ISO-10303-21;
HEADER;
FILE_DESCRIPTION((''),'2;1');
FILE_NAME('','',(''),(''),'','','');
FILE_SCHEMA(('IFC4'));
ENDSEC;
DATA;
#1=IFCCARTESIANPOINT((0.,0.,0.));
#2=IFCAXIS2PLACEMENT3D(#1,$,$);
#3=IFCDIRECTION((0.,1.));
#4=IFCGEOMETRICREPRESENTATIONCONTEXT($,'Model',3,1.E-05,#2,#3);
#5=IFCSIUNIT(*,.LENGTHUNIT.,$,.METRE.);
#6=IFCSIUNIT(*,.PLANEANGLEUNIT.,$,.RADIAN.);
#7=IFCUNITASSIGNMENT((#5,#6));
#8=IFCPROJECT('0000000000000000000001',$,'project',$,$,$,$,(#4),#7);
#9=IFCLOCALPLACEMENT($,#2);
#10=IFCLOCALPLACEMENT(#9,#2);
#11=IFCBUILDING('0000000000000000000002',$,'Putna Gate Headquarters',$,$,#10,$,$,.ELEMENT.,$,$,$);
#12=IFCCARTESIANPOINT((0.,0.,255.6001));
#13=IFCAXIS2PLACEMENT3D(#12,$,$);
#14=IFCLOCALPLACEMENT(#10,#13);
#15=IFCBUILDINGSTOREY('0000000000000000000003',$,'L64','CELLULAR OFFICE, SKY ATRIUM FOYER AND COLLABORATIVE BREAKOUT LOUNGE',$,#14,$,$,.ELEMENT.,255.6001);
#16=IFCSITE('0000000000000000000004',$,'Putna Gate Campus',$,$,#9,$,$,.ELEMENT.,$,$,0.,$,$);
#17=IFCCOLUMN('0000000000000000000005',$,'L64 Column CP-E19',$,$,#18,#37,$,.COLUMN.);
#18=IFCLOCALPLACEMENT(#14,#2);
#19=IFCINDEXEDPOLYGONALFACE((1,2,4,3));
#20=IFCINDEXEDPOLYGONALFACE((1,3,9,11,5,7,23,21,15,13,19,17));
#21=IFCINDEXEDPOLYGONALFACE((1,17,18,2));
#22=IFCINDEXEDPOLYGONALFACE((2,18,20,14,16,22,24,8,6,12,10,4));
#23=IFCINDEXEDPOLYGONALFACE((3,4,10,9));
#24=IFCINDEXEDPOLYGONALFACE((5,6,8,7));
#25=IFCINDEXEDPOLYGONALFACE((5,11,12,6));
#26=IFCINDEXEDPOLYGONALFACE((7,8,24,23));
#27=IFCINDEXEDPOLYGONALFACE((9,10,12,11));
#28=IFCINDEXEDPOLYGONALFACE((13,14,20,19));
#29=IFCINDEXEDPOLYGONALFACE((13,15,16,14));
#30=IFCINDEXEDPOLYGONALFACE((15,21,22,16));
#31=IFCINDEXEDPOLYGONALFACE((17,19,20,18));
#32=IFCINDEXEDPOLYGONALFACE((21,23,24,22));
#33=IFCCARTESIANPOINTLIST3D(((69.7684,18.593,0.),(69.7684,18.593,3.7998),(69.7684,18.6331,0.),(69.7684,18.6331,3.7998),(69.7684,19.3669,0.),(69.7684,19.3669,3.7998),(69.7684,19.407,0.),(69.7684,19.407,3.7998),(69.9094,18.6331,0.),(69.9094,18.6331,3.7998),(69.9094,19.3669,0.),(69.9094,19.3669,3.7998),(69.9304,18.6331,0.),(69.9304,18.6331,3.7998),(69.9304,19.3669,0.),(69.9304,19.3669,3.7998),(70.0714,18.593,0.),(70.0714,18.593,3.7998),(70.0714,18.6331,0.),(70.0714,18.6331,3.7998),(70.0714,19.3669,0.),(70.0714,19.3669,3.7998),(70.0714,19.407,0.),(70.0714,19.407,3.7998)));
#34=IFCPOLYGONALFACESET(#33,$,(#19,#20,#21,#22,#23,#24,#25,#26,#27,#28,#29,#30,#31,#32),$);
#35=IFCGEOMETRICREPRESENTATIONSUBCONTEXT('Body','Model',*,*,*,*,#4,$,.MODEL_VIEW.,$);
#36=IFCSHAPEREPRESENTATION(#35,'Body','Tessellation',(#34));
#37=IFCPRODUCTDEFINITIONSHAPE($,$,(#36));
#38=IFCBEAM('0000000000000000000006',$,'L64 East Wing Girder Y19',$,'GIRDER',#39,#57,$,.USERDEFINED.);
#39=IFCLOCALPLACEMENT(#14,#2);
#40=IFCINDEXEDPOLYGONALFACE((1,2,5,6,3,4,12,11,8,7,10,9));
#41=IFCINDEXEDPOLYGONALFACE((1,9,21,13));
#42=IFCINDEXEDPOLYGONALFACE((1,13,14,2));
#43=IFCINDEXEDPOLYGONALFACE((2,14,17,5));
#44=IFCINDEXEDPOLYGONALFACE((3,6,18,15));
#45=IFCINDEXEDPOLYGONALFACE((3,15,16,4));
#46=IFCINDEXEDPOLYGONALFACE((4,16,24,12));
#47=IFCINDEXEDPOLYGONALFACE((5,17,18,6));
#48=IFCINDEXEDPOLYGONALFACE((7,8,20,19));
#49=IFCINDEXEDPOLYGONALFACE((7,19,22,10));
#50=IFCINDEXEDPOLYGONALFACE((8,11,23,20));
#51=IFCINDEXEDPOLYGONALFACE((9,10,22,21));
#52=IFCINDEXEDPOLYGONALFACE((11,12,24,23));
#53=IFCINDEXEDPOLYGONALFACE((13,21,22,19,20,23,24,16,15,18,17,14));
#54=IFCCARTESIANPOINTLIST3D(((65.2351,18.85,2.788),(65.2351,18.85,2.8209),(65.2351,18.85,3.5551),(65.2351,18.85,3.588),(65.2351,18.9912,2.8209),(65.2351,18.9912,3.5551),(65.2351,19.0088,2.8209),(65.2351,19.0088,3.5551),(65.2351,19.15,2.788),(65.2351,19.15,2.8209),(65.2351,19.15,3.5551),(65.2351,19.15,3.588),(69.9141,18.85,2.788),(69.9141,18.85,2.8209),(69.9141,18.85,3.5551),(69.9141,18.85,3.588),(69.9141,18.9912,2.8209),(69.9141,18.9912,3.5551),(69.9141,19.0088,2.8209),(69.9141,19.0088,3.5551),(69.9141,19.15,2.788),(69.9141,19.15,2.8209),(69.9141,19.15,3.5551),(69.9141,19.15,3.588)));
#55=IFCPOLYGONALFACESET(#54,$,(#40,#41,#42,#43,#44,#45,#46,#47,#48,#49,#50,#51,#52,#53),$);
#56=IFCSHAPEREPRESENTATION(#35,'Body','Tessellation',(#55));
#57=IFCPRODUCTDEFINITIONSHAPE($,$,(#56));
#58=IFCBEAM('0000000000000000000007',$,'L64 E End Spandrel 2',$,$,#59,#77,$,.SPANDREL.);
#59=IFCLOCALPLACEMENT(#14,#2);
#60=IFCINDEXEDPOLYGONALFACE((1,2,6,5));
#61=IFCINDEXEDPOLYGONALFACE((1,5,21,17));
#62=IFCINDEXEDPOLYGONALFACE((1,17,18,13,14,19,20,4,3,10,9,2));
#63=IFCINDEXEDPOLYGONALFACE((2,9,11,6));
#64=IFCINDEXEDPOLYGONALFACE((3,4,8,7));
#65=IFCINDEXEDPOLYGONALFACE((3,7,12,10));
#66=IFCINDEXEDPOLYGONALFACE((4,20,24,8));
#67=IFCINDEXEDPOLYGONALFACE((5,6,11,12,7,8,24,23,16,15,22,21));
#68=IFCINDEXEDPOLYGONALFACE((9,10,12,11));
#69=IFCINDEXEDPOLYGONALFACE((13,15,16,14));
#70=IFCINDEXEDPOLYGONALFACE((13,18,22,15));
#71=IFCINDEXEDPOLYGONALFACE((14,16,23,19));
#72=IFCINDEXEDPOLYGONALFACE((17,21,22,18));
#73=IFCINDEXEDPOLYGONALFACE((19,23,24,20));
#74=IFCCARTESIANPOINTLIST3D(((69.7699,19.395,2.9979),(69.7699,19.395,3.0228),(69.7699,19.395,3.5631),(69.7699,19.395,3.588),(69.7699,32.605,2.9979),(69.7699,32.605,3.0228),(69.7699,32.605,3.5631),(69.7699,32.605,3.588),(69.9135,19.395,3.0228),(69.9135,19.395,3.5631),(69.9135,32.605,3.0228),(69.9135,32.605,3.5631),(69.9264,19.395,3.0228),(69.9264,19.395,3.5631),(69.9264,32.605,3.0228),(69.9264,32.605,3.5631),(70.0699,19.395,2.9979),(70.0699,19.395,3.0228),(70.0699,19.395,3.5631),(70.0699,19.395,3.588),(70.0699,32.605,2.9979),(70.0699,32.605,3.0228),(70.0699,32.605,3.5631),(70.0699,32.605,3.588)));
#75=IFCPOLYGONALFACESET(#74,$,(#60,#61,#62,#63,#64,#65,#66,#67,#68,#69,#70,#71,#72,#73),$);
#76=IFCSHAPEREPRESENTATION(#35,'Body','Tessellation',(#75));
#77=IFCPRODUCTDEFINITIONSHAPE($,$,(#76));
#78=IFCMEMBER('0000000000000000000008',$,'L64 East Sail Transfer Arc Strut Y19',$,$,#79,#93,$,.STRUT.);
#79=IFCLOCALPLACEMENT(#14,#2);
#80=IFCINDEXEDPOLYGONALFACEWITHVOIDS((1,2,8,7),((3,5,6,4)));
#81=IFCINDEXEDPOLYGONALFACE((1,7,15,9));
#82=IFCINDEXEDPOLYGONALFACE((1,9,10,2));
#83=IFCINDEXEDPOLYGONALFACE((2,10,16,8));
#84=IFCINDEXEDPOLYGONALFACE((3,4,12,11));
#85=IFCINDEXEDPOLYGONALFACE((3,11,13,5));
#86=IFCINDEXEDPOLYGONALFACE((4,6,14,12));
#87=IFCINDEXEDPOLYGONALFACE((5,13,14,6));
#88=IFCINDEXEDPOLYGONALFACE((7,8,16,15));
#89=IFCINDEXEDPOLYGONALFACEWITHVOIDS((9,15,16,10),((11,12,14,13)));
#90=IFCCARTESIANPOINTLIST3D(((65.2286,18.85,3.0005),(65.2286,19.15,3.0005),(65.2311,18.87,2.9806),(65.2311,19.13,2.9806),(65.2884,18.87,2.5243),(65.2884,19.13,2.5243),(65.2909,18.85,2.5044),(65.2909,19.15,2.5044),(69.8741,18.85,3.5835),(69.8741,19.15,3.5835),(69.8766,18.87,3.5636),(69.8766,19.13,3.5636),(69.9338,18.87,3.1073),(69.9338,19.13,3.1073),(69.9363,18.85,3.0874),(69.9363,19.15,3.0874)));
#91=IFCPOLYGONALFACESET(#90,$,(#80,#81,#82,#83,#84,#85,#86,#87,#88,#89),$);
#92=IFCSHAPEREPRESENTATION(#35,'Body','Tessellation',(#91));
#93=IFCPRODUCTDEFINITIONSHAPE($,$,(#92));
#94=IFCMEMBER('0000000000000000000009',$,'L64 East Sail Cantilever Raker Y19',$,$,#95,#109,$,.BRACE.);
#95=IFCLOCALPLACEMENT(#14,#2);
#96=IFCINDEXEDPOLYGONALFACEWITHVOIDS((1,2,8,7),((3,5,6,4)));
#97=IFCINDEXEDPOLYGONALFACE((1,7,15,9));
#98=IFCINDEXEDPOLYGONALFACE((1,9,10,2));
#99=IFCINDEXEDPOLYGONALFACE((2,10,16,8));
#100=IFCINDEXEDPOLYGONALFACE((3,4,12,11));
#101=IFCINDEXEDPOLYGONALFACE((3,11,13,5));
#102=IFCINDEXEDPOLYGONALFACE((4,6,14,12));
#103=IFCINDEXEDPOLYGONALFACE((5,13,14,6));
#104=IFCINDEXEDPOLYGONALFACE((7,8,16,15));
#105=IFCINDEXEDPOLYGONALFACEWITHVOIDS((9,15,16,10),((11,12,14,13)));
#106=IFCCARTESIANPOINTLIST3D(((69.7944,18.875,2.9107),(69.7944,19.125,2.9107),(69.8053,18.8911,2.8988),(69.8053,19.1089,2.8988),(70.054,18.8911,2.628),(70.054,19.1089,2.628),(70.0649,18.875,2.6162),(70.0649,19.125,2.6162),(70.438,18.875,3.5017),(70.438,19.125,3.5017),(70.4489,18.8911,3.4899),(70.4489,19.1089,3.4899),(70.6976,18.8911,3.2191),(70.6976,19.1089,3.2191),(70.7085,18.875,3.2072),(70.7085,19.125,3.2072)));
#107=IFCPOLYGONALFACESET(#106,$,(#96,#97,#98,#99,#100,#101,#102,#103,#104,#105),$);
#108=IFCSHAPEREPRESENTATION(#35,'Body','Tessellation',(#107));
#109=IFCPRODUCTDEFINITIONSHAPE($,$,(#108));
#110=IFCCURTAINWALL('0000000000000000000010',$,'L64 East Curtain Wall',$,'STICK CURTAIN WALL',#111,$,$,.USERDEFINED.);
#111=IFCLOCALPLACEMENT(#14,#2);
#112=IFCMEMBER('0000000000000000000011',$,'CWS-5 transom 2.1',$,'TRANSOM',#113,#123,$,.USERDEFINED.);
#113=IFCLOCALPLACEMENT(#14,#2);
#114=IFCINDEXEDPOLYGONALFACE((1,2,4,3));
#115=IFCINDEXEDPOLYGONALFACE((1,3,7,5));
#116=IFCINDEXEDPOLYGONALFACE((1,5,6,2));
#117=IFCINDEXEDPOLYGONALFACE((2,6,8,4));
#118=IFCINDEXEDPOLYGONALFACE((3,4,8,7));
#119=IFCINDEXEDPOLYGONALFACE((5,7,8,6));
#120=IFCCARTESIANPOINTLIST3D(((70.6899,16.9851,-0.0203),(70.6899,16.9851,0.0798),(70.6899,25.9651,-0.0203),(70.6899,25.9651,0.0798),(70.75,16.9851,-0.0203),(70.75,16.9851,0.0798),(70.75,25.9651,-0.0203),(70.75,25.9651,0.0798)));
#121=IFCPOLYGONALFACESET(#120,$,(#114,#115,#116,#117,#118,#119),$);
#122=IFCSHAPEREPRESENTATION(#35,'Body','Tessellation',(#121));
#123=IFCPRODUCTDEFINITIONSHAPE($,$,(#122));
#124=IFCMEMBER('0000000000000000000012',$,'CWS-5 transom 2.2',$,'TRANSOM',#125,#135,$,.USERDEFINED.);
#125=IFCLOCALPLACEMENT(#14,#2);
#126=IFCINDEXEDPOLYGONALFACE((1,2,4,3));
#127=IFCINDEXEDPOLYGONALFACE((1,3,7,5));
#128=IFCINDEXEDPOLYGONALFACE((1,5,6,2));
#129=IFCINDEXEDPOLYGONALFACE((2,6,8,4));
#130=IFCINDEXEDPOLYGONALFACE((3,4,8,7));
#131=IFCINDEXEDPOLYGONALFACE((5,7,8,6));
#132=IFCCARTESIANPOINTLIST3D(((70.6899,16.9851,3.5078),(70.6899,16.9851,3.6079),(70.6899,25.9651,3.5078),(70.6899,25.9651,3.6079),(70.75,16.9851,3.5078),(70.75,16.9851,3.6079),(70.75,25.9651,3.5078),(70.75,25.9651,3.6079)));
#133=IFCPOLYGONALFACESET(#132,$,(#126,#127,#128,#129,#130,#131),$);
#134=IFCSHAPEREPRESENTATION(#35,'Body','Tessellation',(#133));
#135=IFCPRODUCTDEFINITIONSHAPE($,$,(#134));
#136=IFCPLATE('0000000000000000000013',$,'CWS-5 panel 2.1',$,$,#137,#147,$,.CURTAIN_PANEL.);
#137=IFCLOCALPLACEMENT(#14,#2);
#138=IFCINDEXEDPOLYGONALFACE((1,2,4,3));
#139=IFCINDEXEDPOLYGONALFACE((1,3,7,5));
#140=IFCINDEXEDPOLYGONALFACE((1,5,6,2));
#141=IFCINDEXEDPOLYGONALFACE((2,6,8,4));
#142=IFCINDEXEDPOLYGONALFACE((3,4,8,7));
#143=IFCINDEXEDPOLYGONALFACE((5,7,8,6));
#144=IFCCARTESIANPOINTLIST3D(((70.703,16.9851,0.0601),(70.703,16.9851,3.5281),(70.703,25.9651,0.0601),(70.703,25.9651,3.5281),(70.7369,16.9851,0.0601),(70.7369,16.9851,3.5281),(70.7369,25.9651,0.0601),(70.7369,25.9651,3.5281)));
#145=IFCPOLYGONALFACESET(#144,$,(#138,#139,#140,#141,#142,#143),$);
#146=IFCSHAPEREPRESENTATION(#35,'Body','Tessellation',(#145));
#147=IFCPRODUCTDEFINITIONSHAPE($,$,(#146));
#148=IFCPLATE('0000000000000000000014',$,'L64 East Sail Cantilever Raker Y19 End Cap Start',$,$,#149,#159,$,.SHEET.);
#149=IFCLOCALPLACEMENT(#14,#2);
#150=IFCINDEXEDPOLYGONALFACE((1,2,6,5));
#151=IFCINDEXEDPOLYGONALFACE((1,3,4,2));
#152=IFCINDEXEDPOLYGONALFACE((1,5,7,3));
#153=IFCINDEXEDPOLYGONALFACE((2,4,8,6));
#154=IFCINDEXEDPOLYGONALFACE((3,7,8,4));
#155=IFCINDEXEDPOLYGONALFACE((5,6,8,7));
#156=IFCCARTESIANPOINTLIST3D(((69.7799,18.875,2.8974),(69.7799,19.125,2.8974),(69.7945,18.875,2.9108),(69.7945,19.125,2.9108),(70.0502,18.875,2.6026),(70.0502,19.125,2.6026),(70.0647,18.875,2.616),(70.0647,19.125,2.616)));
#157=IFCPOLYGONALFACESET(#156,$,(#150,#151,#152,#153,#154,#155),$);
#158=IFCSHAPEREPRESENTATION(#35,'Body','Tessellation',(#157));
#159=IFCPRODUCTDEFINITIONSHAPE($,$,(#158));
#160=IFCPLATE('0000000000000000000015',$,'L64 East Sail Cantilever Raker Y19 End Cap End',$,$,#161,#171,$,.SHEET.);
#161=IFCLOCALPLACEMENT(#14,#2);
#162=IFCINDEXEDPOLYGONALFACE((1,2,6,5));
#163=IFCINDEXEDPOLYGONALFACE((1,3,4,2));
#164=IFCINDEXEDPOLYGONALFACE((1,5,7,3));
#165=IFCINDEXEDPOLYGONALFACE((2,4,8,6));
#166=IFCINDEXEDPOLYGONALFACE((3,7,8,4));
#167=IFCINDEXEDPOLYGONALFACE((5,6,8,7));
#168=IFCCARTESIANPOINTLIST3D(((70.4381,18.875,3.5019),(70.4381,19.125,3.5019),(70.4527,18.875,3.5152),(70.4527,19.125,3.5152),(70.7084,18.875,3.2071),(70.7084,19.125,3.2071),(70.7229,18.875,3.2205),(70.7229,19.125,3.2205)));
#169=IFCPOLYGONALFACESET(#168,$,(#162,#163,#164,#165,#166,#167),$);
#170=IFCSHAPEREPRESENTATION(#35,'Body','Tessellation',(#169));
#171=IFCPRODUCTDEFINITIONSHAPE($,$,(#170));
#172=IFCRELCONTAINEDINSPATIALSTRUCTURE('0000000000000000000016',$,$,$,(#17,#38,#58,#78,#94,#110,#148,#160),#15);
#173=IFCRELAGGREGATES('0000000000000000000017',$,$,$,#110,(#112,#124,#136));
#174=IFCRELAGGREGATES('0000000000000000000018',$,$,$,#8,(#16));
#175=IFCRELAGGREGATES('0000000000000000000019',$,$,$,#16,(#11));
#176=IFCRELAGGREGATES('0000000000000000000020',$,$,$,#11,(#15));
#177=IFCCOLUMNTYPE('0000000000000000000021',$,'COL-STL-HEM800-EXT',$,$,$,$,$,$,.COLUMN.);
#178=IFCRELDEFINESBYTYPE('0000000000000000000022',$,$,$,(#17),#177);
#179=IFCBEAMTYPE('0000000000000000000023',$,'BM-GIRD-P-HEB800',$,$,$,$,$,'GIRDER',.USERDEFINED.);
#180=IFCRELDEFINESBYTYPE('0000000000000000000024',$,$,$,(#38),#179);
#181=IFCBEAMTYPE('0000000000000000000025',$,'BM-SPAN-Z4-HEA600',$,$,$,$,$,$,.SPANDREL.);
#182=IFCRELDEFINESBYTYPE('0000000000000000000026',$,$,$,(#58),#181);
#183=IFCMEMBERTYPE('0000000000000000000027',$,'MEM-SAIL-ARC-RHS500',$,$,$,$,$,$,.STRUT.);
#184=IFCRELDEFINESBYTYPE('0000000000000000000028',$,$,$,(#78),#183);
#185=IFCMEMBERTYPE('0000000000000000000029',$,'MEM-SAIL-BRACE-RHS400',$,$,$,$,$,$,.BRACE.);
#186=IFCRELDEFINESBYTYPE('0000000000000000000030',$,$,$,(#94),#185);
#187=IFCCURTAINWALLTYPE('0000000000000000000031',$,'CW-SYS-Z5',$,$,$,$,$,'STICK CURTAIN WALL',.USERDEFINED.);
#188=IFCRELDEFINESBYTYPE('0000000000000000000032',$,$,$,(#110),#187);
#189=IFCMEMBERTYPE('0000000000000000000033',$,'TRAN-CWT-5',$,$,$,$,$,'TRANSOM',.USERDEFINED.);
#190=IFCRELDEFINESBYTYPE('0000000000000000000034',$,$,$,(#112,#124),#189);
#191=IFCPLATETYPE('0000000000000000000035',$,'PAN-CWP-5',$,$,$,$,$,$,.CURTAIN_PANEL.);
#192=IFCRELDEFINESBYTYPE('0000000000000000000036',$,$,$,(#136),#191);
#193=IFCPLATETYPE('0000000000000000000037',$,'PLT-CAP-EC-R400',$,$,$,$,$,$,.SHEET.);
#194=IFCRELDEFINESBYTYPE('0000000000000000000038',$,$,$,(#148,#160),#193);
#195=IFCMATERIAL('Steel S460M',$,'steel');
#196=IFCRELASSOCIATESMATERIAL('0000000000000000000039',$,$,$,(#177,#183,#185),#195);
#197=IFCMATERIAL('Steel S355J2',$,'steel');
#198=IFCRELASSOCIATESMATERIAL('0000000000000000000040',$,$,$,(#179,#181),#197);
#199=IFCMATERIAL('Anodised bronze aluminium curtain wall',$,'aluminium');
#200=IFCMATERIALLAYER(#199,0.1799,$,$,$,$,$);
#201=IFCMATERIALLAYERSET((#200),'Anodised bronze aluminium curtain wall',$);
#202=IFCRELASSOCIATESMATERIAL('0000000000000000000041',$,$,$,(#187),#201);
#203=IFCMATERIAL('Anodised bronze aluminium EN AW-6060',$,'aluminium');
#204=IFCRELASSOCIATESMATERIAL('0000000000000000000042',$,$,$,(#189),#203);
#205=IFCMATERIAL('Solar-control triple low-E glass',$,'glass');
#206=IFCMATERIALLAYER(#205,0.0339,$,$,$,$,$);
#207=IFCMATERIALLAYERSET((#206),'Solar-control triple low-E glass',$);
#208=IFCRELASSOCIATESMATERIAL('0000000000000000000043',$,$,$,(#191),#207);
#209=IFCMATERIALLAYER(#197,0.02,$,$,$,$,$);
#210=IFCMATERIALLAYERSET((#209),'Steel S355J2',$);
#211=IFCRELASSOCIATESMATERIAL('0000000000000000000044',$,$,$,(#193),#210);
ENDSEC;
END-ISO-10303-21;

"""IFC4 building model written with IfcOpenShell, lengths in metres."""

from ifc_helpers import new_model, si_unit, direction, frame, origin, origin_2d, place, context, subcontext, project, spatial, rectangle, hollow_rectangle, i_section, extrude, material, layer, layer_set, material_profile, profile_set, type_object, element, aggregate, save


model = new_model("IFC4")

# Units and contexts
model_context = context("Model", 3, precision=1e-05, world=origin(), true_north=direction((0.0, 1.0)))
body_context = subcontext(model_context, "Body", "Model", "MODEL_VIEW")
ifc_project = project(units=[si_unit("LENGTHUNIT", "METRE"), si_unit("PLANEANGLEUNIT", "RADIAN")], contexts=[model_context])

# Site, building, storey
site_placement = place(None, origin())
site = spatial("IfcSite", under=ifc_project, at=site_placement, Name="Putna Gate Campus", CompositionType="ELEMENT", RefElevation=0.0)
building_placement = place(site_placement, origin())
building = spatial("IfcBuilding", under=site, at=building_placement, Name="Putna Gate Headquarters", CompositionType="ELEMENT")
storey_placement = place(building_placement, frame((0.0, 0.0, 255.6001)))
storey = spatial("IfcBuildingStorey", under=building, at=storey_placement, Name="L64", Description="CELLULAR OFFICE, SKY ATRIUM FOYER AND COLLABORATIVE BREAKOUT LOUNGE", CompositionType="ELEMENT", Elevation=255.6001)

# Column
ifc_material_1 = material(Name="Steel S460M", Category="steel")
ifc_material_profile_1 = material_profile(ifc_material_1, i_section(OverallWidth=0.303, OverallDepth=0.814, WebThickness=0.021, FlangeThickness=0.04, at=origin_2d()), Name="Steel S460M")
ifc_profile_set_1 = profile_set([ifc_material_profile_1], Name="Steel S460M")
column_type = type_object("IfcColumnType", Name="COL-STL-HEM800-EXT", PredefinedType="COLUMN", material=ifc_profile_set_1)
column_placement = place(storey_placement, frame((69.9199, 19.0, 0.0), z_axis=(0.0, 0.0, 1.0), x_axis=(1.0, 0.0, 0.0)))
element("IfcColumn", 1, at=column_placement, inside=storey, type_object=column_type, Name="L64 Column CP-E19", PredefinedType="COLUMN", context=body_context, shape_type="SweptSolid", body=[
    extrude(i_section(OverallWidth=0.303, OverallDepth=0.814, WebThickness=0.021, FlangeThickness=0.04, at=origin_2d()), origin(), (0.0, 0.0, 1.0), 3.7998),
])

# Beams
ifc_material_2 = material(Name="Steel S355J2", Category="steel")
ifc_material_profile_2 = material_profile(ifc_material_2, i_section(OverallWidth=0.3, OverallDepth=0.8, WebThickness=0.0176, FlangeThickness=0.033, at=origin_2d()), Name="Steel S355J2")
ifc_profile_set_2 = profile_set([ifc_material_profile_2], Name="Steel S355J2")
beam_type_1 = type_object("IfcBeamType", Name="BM-GIRD-P-HEB800", ElementType="GIRDER", PredefinedType="USERDEFINED", material=ifc_profile_set_2)
beam_1_placement = place(storey_placement, frame((65.2351, 19.0, 3.188), z_axis=(1.0, 0.0, 0.0), x_axis=(0.0, 1.0, 0.0)))
element("IfcBeam", 2, at=beam_1_placement, inside=storey, type_object=beam_type_1, Name="L64 East Wing Girder Y19", ObjectType="GIRDER", PredefinedType="USERDEFINED", context=body_context, shape_type="SweptSolid", body=[
    extrude(i_section(OverallWidth=0.3, OverallDepth=0.8, WebThickness=0.0176, FlangeThickness=0.033, at=origin_2d()), origin(), (0.0, 0.0, 1.0), 4.679),
])
ifc_material_profile_3 = material_profile(ifc_material_2, i_section(OverallWidth=0.3, OverallDepth=0.5901, WebThickness=0.0129, FlangeThickness=0.0249, at=origin_2d()), Name="Steel S355J2")
ifc_profile_set_3 = profile_set([ifc_material_profile_3], Name="Steel S355J2")
beam_type_2 = type_object("IfcBeamType", Name="BM-SPAN-Z4-HEA600", PredefinedType="SPANDREL", material=ifc_profile_set_3)
beam_2_placement = place(storey_placement, frame((69.9199, 19.395, 3.293), z_axis=(0.0, 1.0, 0.0), x_axis=(-1.0, 0.0, 0.0)))
element("IfcBeam", 3, at=beam_2_placement, inside=storey, type_object=beam_type_2, Name="L64 E End Spandrel 2", PredefinedType="SPANDREL", context=body_context, shape_type="SweptSolid", body=[
    extrude(i_section(OverallWidth=0.3, OverallDepth=0.5901, WebThickness=0.0129, FlangeThickness=0.0249, at=origin_2d()), origin(), (0.0, 0.0, 1.0), 13.21),
])

# Members
ifc_material_profile_4 = material_profile(ifc_material_1, hollow_rectangle(XDim=0.3, YDim=0.5, WallThickness=0.02, at=origin_2d()), Name="Steel S460M")
ifc_profile_set_4 = profile_set([ifc_material_profile_4], Name="Steel S460M")
member_type_1 = type_object("IfcMemberType", Name="MEM-SAIL-ARC-RHS500", PredefinedType="STRUT", material=ifc_profile_set_4)
member_1_placement = place(storey_placement, frame((65.2598, 19.0, 2.7524), z_axis=(0.992217, 0.0, 0.124522), x_axis=(0.0, 1.0, 0.0)))
element("IfcMember", 4, at=member_1_placement, inside=storey, type_object=member_type_1, Name="L64 East Sail Transfer Arc Strut Y19", PredefinedType="STRUT", context=body_context, shape_type="SweptSolid", body=[
    extrude(hollow_rectangle(XDim=0.3, YDim=0.5, WallThickness=0.02, at=origin_2d()), origin(), (0.0, 0.0, 1.0), 4.6819),
])
ifc_material_profile_5 = material_profile(ifc_material_1, hollow_rectangle(XDim=0.25, YDim=0.3999, WallThickness=0.0161, at=origin_2d()), Name="Steel S460M")
ifc_profile_set_5 = profile_set([ifc_material_profile_5], Name="Steel S460M")
member_type_2 = type_object("IfcMemberType", Name="MEM-SAIL-BRACE-RHS400", PredefinedType="BRACE", material=ifc_profile_set_5)
member_2_placement = place(storey_placement, frame((69.9297, 19.0, 2.7634), z_axis=(0.736504, 0.0, 0.676433), x_axis=(0.0, 1.0, 0.0)))
element("IfcMember", 5, at=member_2_placement, inside=storey, type_object=member_type_2, Name="L64 East Sail Cantilever Raker Y19", PredefinedType="BRACE", context=body_context, shape_type="SweptSolid", body=[
    extrude(hollow_rectangle(XDim=0.25, YDim=0.3999, WallThickness=0.0161, at=origin_2d()), origin(), (0.0, 0.0, 1.0), 0.8738),
])

# Curtain wall, members, plate
ifc_material_3 = material(Name="Anodised bronze aluminium curtain wall", Category="aluminium")
ifc_layer_1 = layer(ifc_material_3, 0.1799)
ifc_layer_set_1 = layer_set([ifc_layer_1], Name="Anodised bronze aluminium curtain wall")
curtain_wall_type = type_object("IfcCurtainWallType", Name="CW-SYS-Z5", ElementType="STICK CURTAIN WALL", PredefinedType="USERDEFINED", material=ifc_layer_set_1)
curtain_wall_placement = place(storey_placement, origin())
curtain_wall = element("IfcCurtainWall", 6, at=curtain_wall_placement, inside=storey, type_object=curtain_wall_type, Name="L64 East Curtain Wall", ObjectType="STICK CURTAIN WALL", PredefinedType="USERDEFINED")
ifc_material_4 = material(Name="Anodised bronze aluminium EN AW-6060", Category="aluminium")
ifc_material_profile_6 = material_profile(ifc_material_4, rectangle(XDim=0.0601, YDim=0.1001, at=origin_2d()), Name="Anodised bronze aluminium EN AW-6060")
ifc_profile_set_6 = profile_set([ifc_material_profile_6], Name="Anodised bronze aluminium EN AW-6060")
member_type_3 = type_object("IfcMemberType", Name="TRAN-CWT-5", ElementType="TRANSOM", PredefinedType="USERDEFINED", material=ifc_profile_set_6)
member_3_placement = place(storey_placement, frame((70.72, 16.9851, 0.0298), z_axis=(0.0, 1.0, 0.0), x_axis=(-1.0, 0.0, 0.0)))
member_3 = element("IfcMember", 7, at=member_3_placement, type_object=member_type_3, Name="CWS-5 transom 2.1", ObjectType="TRANSOM", PredefinedType="USERDEFINED", context=body_context, shape_type="SweptSolid", body=[
    extrude(rectangle(XDim=0.0601, YDim=0.1001, at=origin_2d()), origin(), (0.0, 0.0, 1.0), 8.98),
])
member_4_placement = place(storey_placement, frame((70.72, 16.9851, 3.5579), z_axis=(0.0, 1.0, 0.0), x_axis=(-1.0, 0.0, 0.0)))
member_4 = element("IfcMember", 8, at=member_4_placement, type_object=member_type_3, Name="CWS-5 transom 2.2", ObjectType="TRANSOM", PredefinedType="USERDEFINED", context=body_context, shape_type="SweptSolid", body=[
    extrude(rectangle(XDim=0.0601, YDim=0.1001, at=origin_2d()), origin(), (0.0, 0.0, 1.0), 8.98),
])
ifc_material_5 = material(Name="Solar-control triple low-E glass", Category="glass")
ifc_layer_2 = layer(ifc_material_5, 0.0339)
ifc_layer_set_2 = layer_set([ifc_layer_2], Name="Solar-control triple low-E glass")
plate_type_1 = type_object("IfcPlateType", Name="PAN-CWP-5", PredefinedType="CURTAIN_PANEL", material=ifc_layer_set_2)
plate_placement = place(storey_placement, frame((70.72, 21.4751, 0.0601), z_axis=(0.0, 0.0, 1.0), x_axis=(0.0, 1.0, 0.0)))
plate = element("IfcPlate", 9, at=plate_placement, type_object=plate_type_1, Name="CWS-5 panel 2.1", PredefinedType="CURTAIN_PANEL", context=body_context, shape_type="SweptSolid", body=[
    extrude(rectangle(XDim=8.98, YDim=0.0339, at=origin_2d()), origin(), (0.0, 0.0, 1.0), 3.468),
])
aggregate(curtain_wall, [member_3, member_4, plate])

# Plates
ifc_layer_3 = layer(ifc_material_2, 0.02)
ifc_layer_set_3 = layer_set([ifc_layer_3], Name="Steel S355J2")
plate_type_2 = type_object("IfcPlateType", Name="PLT-CAP-EC-R400", PredefinedType="SHEET", material=ifc_layer_set_3)
for number, where, z_axis, x_axis, name in (
    (10, (69.915, 19.0, 2.75), (0.737154, 0.0, 0.675725), (0.0, 1.0, 0.0), "L64 East Sail Cantilever Raker Y19 End Cap Start"),
    (11, (70.5732, 19.0, 3.3545), (0.737154, 0.0, 0.675725), (0.0, 1.0, 0.0), "L64 East Sail Cantilever Raker Y19 End Cap End"),
):
    element("IfcPlate", number, at=place(storey_placement, frame(where, z_axis=z_axis, x_axis=x_axis)), inside=storey, type_object=plate_type_2, Name=name, PredefinedType="SHEET", context=body_context, shape_type="SweptSolid", body=[
        extrude(rectangle(XDim=0.25, YDim=0.3999, at=origin_2d()), origin(), (0.0, 0.0, 1.0), 0.0198),
    ])

save(model, "model.ifc")
